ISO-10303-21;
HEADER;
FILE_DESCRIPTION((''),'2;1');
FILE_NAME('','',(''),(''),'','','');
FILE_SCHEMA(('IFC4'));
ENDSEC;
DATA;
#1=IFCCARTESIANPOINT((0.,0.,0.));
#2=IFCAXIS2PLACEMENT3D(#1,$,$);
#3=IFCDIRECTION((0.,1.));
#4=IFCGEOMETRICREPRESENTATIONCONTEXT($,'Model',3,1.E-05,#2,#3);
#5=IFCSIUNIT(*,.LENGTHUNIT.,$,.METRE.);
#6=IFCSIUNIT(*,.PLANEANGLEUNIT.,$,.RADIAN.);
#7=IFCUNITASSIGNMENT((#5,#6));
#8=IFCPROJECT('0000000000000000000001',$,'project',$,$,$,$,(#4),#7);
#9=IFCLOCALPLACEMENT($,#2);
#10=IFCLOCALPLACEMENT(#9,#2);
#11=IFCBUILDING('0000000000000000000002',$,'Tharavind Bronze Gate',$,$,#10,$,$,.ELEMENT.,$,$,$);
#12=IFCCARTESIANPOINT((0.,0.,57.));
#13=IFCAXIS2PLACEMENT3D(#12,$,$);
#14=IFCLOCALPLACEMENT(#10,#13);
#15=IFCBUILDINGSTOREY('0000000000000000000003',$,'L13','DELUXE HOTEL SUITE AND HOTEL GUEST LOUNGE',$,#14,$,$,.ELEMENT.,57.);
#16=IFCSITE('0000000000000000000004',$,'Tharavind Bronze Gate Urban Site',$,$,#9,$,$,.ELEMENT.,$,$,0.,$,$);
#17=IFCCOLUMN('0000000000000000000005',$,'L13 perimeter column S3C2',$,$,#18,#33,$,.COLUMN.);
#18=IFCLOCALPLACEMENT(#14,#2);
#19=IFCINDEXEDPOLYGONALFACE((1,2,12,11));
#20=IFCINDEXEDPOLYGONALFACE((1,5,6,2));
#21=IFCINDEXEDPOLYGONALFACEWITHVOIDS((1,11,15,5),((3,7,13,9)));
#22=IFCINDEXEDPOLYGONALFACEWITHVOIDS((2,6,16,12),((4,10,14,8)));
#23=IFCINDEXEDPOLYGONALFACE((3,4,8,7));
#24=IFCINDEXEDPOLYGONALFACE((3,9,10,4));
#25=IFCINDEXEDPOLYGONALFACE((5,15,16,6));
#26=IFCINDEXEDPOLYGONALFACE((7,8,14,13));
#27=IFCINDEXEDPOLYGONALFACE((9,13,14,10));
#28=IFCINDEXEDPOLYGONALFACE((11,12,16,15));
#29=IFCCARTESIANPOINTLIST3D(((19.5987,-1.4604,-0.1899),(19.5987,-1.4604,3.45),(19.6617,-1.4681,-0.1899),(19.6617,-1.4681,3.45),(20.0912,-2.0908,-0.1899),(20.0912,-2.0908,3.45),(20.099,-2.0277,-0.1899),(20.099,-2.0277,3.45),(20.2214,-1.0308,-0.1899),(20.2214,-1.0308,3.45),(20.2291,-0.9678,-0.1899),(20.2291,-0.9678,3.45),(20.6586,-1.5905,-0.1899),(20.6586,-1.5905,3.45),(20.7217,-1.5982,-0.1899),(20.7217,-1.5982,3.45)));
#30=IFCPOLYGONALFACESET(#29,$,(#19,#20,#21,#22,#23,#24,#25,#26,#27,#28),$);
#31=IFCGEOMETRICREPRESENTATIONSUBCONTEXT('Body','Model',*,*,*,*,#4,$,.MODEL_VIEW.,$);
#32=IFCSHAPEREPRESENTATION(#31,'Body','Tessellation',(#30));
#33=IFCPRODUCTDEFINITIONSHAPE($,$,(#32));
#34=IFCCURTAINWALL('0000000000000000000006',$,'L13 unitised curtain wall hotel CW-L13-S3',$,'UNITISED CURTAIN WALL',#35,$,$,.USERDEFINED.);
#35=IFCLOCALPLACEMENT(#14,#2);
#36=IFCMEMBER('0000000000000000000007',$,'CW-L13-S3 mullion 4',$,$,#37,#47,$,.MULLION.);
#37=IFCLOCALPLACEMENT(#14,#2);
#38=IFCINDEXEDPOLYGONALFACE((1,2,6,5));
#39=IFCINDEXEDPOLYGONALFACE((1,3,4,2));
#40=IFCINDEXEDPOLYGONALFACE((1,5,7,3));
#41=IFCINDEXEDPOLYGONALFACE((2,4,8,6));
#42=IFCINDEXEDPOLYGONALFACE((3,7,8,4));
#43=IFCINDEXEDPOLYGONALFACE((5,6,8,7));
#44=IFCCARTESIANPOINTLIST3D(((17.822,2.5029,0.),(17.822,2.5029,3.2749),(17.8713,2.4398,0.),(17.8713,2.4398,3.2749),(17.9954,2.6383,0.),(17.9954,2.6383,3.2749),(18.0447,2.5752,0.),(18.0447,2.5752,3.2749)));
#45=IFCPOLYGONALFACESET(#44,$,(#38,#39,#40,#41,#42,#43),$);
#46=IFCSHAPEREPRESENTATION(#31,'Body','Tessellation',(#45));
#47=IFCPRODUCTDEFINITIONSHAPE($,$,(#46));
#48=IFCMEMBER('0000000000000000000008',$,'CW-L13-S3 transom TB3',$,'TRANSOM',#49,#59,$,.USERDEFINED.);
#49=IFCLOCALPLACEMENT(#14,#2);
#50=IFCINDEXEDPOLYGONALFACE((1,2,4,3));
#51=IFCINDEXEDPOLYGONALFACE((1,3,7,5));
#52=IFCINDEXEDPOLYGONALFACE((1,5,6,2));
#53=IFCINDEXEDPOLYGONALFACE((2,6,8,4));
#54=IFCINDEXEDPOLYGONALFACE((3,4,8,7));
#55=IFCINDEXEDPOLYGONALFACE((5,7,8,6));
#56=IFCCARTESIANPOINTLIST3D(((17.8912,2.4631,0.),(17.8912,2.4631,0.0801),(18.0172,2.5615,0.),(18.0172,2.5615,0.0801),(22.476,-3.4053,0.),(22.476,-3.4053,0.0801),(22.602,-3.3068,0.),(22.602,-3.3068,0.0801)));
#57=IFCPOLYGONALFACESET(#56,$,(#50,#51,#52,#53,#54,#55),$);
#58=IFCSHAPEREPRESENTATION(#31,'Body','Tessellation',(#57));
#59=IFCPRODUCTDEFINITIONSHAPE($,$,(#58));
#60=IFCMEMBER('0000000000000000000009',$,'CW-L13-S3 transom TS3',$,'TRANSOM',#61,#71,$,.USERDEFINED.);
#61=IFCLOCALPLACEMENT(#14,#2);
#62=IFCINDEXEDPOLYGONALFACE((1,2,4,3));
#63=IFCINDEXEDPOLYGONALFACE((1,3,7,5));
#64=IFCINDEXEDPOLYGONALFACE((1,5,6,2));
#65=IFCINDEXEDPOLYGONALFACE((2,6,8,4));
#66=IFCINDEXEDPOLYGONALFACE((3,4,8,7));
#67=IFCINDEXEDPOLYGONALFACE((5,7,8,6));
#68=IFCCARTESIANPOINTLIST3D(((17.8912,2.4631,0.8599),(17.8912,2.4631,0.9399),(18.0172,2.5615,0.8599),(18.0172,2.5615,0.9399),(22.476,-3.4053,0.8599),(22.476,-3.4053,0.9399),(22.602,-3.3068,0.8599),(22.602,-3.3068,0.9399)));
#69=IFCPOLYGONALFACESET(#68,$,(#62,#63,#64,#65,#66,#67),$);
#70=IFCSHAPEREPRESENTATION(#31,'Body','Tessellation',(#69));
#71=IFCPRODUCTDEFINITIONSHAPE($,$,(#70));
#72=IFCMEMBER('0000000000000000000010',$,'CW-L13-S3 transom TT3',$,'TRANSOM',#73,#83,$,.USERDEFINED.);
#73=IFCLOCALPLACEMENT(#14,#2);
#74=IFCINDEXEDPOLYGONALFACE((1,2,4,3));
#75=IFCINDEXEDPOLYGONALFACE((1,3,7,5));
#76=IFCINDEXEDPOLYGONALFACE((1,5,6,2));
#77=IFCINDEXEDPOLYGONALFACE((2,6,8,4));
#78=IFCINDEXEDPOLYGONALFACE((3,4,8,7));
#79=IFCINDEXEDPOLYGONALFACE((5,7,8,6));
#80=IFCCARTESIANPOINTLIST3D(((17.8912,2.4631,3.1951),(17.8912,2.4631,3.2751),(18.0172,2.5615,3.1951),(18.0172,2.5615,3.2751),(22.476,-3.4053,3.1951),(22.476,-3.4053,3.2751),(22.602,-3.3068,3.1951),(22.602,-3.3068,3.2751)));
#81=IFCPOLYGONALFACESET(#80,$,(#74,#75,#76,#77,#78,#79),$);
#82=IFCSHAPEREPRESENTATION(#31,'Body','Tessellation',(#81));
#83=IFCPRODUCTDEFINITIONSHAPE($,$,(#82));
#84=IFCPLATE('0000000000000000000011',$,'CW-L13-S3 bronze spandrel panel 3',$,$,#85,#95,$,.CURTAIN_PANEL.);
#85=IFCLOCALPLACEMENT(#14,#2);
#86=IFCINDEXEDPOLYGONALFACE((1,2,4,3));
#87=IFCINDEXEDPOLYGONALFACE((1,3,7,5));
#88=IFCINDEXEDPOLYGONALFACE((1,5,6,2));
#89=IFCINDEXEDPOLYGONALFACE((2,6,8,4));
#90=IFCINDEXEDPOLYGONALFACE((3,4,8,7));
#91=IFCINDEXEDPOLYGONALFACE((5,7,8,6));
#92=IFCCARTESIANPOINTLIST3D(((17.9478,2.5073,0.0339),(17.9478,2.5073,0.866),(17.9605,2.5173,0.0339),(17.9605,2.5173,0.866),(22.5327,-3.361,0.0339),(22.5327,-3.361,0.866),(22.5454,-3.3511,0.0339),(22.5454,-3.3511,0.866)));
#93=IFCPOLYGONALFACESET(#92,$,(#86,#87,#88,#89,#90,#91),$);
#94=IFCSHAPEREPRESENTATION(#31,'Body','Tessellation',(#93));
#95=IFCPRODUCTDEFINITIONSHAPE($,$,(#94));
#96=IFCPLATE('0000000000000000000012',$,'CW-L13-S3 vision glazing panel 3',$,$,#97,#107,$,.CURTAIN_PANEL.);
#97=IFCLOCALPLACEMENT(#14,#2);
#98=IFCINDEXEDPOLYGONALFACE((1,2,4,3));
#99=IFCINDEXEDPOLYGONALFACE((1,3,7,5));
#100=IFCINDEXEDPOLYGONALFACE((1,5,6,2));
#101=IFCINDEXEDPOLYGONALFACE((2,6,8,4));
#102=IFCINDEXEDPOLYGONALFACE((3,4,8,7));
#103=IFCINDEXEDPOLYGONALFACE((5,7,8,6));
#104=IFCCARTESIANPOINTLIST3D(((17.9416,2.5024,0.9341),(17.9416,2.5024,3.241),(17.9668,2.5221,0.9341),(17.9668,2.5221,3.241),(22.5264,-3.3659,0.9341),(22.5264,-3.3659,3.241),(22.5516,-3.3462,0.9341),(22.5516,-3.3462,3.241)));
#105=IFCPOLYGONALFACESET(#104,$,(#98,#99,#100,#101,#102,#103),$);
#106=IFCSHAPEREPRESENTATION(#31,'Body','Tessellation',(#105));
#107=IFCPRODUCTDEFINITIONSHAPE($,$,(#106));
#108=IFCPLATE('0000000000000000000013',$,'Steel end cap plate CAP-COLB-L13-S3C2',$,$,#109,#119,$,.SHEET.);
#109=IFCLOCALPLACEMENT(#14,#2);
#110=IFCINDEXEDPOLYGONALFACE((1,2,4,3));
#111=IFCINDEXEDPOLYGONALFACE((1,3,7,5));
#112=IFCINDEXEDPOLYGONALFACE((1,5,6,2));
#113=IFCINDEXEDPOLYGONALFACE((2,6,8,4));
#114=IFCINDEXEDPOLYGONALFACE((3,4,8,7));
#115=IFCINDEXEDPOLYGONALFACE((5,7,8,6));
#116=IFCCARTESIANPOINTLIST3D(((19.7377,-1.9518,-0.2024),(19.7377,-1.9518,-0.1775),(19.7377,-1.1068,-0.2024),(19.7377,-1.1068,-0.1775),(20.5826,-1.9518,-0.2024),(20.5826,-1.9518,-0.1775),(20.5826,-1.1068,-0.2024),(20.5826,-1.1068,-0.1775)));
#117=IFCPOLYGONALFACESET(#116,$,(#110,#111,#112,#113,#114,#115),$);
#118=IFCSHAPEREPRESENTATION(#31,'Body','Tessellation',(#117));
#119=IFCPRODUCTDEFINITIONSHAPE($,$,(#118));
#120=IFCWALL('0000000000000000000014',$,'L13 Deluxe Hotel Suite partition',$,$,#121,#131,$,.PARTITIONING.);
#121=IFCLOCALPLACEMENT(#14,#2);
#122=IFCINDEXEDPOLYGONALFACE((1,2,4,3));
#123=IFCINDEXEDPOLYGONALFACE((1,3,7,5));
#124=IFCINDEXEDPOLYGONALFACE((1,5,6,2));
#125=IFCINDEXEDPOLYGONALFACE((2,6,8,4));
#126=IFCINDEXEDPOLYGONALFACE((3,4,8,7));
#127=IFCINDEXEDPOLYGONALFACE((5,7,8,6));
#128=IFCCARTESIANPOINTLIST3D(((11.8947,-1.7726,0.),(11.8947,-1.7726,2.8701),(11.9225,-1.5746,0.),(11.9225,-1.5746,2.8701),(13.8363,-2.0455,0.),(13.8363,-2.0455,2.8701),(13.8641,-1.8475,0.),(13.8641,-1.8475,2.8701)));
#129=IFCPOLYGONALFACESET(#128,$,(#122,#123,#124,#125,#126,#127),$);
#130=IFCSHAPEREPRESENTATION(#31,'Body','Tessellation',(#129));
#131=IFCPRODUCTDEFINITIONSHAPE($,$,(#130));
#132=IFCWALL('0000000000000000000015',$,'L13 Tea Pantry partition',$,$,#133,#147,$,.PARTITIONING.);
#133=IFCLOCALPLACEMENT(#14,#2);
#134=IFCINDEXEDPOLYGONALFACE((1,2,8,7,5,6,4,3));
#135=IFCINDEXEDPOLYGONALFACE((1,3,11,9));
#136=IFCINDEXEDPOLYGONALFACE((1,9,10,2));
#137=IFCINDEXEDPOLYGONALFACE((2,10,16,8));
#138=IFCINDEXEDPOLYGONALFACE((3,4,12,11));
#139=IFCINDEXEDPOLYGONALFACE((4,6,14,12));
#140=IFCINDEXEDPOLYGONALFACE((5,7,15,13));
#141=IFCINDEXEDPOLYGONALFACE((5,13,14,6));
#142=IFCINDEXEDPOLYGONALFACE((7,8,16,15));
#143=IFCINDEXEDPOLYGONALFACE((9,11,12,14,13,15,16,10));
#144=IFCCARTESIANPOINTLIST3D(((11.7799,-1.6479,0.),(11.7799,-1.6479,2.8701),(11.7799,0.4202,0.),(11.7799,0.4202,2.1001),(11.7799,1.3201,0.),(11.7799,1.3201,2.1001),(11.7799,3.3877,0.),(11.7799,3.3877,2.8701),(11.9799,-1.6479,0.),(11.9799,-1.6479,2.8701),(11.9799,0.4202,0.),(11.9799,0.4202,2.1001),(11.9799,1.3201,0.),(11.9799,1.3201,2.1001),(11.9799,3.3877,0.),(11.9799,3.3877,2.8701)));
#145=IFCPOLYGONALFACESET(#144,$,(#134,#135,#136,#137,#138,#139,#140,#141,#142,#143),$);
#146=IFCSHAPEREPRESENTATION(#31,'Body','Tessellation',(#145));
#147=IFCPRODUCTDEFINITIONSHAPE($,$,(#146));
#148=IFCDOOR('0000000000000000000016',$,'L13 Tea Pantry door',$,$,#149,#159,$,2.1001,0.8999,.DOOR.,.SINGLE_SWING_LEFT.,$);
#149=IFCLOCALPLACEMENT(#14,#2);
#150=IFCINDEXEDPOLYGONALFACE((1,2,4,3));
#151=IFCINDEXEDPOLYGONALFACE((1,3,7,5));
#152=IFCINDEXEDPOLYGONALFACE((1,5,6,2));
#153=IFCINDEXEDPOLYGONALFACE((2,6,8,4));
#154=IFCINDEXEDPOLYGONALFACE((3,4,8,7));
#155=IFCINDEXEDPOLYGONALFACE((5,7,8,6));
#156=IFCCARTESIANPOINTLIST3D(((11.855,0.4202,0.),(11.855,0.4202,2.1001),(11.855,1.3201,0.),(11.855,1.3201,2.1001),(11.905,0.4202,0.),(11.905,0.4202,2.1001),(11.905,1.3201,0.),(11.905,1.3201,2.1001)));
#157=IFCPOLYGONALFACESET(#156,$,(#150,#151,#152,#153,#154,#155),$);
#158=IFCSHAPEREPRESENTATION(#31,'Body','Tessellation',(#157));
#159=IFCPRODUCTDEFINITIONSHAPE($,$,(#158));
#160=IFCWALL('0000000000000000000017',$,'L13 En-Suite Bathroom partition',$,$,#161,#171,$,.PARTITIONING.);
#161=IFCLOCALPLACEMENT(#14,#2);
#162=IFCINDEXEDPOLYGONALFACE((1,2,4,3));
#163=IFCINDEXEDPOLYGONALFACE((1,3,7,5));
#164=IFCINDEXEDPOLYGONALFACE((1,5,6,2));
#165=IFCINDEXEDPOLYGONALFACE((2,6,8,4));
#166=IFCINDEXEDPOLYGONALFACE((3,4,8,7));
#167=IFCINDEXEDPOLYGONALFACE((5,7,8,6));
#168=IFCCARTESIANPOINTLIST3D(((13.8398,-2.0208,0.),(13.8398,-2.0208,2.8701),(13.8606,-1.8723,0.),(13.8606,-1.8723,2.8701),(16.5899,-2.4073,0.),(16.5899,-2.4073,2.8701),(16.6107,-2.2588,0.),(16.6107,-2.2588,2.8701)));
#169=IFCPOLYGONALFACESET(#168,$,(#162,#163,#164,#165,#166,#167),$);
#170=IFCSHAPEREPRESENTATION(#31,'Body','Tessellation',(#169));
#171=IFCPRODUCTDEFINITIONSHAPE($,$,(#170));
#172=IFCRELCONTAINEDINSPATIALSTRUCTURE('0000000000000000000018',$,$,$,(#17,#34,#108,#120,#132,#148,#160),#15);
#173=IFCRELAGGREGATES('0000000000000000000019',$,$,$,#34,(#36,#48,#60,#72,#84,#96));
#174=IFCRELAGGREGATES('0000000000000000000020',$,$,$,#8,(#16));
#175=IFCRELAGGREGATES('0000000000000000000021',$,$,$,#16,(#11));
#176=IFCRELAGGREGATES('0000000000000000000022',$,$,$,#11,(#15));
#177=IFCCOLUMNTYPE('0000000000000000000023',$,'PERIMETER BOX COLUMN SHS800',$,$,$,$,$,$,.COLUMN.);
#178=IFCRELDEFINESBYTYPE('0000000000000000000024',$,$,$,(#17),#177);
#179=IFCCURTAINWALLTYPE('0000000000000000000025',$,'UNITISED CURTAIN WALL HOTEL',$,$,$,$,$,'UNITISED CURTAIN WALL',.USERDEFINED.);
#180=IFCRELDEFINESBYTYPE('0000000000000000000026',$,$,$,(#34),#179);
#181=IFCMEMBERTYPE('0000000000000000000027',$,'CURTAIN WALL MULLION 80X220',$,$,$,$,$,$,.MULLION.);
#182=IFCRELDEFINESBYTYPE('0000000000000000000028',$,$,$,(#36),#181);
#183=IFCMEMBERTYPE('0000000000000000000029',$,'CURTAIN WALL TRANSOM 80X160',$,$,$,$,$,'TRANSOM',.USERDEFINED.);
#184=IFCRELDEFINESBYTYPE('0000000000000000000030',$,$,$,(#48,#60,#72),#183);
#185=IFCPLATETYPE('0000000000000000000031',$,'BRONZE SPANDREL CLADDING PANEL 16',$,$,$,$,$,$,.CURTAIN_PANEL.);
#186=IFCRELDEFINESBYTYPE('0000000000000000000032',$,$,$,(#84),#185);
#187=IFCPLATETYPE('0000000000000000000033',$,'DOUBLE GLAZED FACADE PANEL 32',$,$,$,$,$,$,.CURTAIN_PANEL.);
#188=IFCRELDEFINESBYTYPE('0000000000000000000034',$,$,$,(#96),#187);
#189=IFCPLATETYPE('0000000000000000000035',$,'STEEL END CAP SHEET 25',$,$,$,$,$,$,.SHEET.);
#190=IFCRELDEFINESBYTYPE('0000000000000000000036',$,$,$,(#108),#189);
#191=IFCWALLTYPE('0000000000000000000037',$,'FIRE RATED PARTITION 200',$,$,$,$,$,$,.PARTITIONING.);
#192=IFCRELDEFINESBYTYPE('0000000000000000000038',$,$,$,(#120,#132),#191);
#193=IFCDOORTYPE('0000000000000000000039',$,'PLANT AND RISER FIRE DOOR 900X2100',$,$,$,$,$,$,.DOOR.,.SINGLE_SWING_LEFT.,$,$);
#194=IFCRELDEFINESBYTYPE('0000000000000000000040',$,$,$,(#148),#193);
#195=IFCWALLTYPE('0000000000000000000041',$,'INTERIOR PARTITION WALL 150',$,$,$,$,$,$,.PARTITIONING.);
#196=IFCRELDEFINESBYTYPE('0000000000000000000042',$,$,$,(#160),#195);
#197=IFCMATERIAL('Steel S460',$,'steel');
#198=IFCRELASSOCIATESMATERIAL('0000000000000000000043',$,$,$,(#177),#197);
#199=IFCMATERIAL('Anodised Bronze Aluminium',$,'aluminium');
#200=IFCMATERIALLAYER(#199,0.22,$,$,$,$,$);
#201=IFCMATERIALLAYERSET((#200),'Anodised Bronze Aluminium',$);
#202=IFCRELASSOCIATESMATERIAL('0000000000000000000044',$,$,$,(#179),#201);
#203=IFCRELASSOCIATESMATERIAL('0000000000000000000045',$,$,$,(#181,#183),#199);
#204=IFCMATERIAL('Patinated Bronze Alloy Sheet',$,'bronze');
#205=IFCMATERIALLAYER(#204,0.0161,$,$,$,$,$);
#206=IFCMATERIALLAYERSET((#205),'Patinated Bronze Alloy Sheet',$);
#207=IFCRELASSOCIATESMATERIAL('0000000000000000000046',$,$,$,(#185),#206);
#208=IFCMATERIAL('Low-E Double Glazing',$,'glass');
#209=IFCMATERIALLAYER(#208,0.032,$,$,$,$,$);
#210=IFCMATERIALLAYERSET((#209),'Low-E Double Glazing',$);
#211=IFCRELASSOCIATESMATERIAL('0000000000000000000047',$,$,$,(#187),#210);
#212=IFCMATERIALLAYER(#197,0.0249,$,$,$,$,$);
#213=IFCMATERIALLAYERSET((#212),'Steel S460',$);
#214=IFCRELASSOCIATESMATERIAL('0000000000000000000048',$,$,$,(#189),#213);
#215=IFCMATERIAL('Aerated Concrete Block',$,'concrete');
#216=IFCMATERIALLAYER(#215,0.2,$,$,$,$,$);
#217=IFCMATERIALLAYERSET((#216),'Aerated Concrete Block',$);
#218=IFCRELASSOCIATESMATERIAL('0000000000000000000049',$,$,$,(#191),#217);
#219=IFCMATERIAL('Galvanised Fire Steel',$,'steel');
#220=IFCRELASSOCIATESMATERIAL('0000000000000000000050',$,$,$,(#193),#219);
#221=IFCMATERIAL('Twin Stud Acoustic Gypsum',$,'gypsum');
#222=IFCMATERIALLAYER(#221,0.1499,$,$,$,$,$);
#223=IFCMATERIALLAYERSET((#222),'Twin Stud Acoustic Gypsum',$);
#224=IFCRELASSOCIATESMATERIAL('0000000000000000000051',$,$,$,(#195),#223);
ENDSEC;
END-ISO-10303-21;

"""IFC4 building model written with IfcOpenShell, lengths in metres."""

from ifc_helpers import new_model, si_unit, direction, frame, frame_2d, origin, origin_2d, place, context, subcontext, project, spatial, rectangle, hollow_rectangle, extrude, material, layer, layer_set, material_profile, profile_set, type_object, element, fill, aggregate, save


model = new_model("IFC4")

# Units and contexts
model_context = context("Model", 3, precision=1e-05, world=origin(), true_north=direction((0.0, 1.0)))
body_context = subcontext(model_context, "Body", "Model", "MODEL_VIEW")
ifc_project = project(units=[si_unit("LENGTHUNIT", "METRE"), si_unit("PLANEANGLEUNIT", "RADIAN")], contexts=[model_context])

# Site, building, storey
site_placement = place(None, origin())
site = spatial("IfcSite", under=ifc_project, at=site_placement, Name="Tharavind Bronze Gate Urban Site", CompositionType="ELEMENT", RefElevation=0.0)
building_placement = place(site_placement, origin())
building = spatial("IfcBuilding", under=site, at=building_placement, Name="Tharavind Bronze Gate", CompositionType="ELEMENT")
storey_placement = place(building_placement, frame((0.0, 0.0, 57.0)))
storey = spatial("IfcBuildingStorey", under=building, at=storey_placement, Name="L13", Description="DELUXE HOTEL SUITE AND HOTEL GUEST LOUNGE", CompositionType="ELEMENT", Elevation=57.0)

# Column
ifc_material_1 = material(Name="Steel S460", Category="steel")
ifc_material_profile = material_profile(ifc_material_1, hollow_rectangle(XDim=0.8, YDim=0.8, WallThickness=0.0449, at=origin_2d()), Name="SHS800X45")
ifc_profile_set = profile_set([ifc_material_profile], Name="Steel S460")
column_type = type_object("IfcColumnType", Name="PERIMETER BOX COLUMN SHS800", PredefinedType="COLUMN", material=ifc_profile_set)
column_placement = place(storey_placement, frame((20.1602, -1.5293, -0.1899), z_axis=(0.0, 0.0, 1.0), x_axis=(-0.615661, 0.788011, 0.0)))
element("IfcColumn", 1, at=column_placement, inside=storey, type_object=column_type, Name="L13 perimeter column S3C2", PredefinedType="COLUMN", context=body_context, shape_type="SweptSolid", body=[
    extrude(hollow_rectangle(XDim=0.8, YDim=0.8, WallThickness=0.0449, at=origin_2d()), origin(), (0.0, 0.0, 1.0), 3.6399),
])

# Curtain wall, members, plates
ifc_material_2 = material(Name="Anodised Bronze Aluminium", Category="aluminium")
ifc_layer_1 = layer(ifc_material_2, 0.22)
ifc_layer_set_1 = layer_set([ifc_layer_1], Name="Anodised Bronze Aluminium")
curtain_wall_type = type_object("IfcCurtainWallType", Name="UNITISED CURTAIN WALL HOTEL", ElementType="UNITISED CURTAIN WALL", PredefinedType="USERDEFINED", material=ifc_layer_set_1)
curtain_wall_placement = place(storey_placement, origin())
curtain_wall = element("IfcCurtainWall", 2, at=curtain_wall_placement, inside=storey, type_object=curtain_wall_type, Name="L13 unitised curtain wall hotel CW-L13-S3", ObjectType="UNITISED CURTAIN WALL", PredefinedType="USERDEFINED")
member_type_1 = type_object("IfcMemberType", Name="CURTAIN WALL MULLION 80X220", PredefinedType="MULLION", material=ifc_material_2)
member_1_placement = place(storey_placement, frame((17.9333, 2.5391, 0.0), z_axis=(0.0, 0.0, 1.0), x_axis=(-0.615661, 0.788011, 0.0)))
member_1 = element("IfcMember", 3, at=member_1_placement, type_object=member_type_1, Name="CW-L13-S3 mullion 4", PredefinedType="MULLION", context=body_context, shape_type="SweptSolid", body=[
    extrude(rectangle(XDim=0.0801, YDim=0.22, at=origin_2d()), origin(), (0.0, 0.0, 1.0), 3.2749),
])
member_type_2 = type_object("IfcMemberType", Name="CURTAIN WALL TRANSOM 80X160", ElementType="TRANSOM", PredefinedType="USERDEFINED", material=ifc_material_2)
member_2_placement = place(storey_placement, frame((20.2466, -0.4219, 0.0), z_axis=(0.0, 0.0, 1.0), x_axis=(-0.615661, 0.788011, 0.0)))
member_2 = element("IfcMember", 4, at=member_2_placement, type_object=member_type_2, Name="CW-L13-S3 transom TB3", ObjectType="TRANSOM", PredefinedType="USERDEFINED", context=body_context, shape_type="SweptSolid", body=[
    extrude(rectangle(XDim=7.447, YDim=0.1599, at=origin_2d()), origin(), (0.0, 0.0, 1.0), 0.0801),
])
member_3_placement = place(storey_placement, frame((20.2466, -0.4219, 0.8599), z_axis=(0.0, 0.0, 1.0), x_axis=(-0.615661, 0.788011, 0.0)))
member_3 = element("IfcMember", 5, at=member_3_placement, type_object=member_type_2, Name="CW-L13-S3 transom TS3", ObjectType="TRANSOM", PredefinedType="USERDEFINED", context=body_context, shape_type="SweptSolid", body=[
    extrude(rectangle(XDim=7.447, YDim=0.1599, at=origin_2d()), origin(), (0.0, 0.0, 1.0), 0.0801),
])
member_4_placement = place(storey_placement, frame((20.2466, -0.4219, 3.1951), z_axis=(0.0, 0.0, 1.0), x_axis=(-0.615661, 0.788011, 0.0)))
member_4 = element("IfcMember", 6, at=member_4_placement, type_object=member_type_2, Name="CW-L13-S3 transom TT3", ObjectType="TRANSOM", PredefinedType="USERDEFINED", context=body_context, shape_type="SweptSolid", body=[
    extrude(rectangle(XDim=7.447, YDim=0.1599, at=origin_2d()), origin(), (0.0, 0.0, 1.0), 0.0801),
])
ifc_material_3 = material(Name="Patinated Bronze Alloy Sheet", Category="bronze")
ifc_layer_2 = layer(ifc_material_3, 0.0161)
ifc_layer_set_2 = layer_set([ifc_layer_2], Name="Patinated Bronze Alloy Sheet")
plate_type_1 = type_object("IfcPlateType", Name="BRONZE SPANDREL CLADDING PANEL 16", PredefinedType="CURTAIN_PANEL", material=ifc_layer_set_2)
plate_1_placement = place(storey_placement, frame((20.2466, -0.4219, 0.0339), z_axis=(0.0, 0.0, 1.0), x_axis=(-0.615661, 0.788011, 0.0)))
plate_1 = element("IfcPlate", 7, at=plate_1_placement, type_object=plate_type_1, Name="CW-L13-S3 bronze spandrel panel 3", PredefinedType="CURTAIN_PANEL", context=body_context, shape_type="SweptSolid", body=[
    extrude(rectangle(XDim=7.447, YDim=0.0161, at=origin_2d()), origin(), (0.0, 0.0, 1.0), 0.832),
])
ifc_material_4 = material(Name="Low-E Double Glazing", Category="glass")
ifc_layer_3 = layer(ifc_material_4, 0.032)
ifc_layer_set_3 = layer_set([ifc_layer_3], Name="Low-E Double Glazing")
plate_type_2 = type_object("IfcPlateType", Name="DOUBLE GLAZED FACADE PANEL 32", PredefinedType="CURTAIN_PANEL", material=ifc_layer_set_3)
plate_2_placement = place(storey_placement, frame((20.2466, -0.4219, 0.9341), z_axis=(0.0, 0.0, 1.0), x_axis=(-0.615661, 0.788011, 0.0)))
plate_2 = element("IfcPlate", 8, at=plate_2_placement, type_object=plate_type_2, Name="CW-L13-S3 vision glazing panel 3", PredefinedType="CURTAIN_PANEL", context=body_context, shape_type="SweptSolid", body=[
    extrude(rectangle(XDim=7.447, YDim=0.032, at=origin_2d()), origin(), (0.0, 0.0, 1.0), 2.3069),
])
aggregate(curtain_wall, [member_1, member_2, member_3, member_4, plate_1, plate_2])

# Plate
ifc_layer_4 = layer(ifc_material_1, 0.0249)
ifc_layer_set_4 = layer_set([ifc_layer_4], Name="Steel S460")
plate_type_3 = type_object("IfcPlateType", Name="STEEL END CAP SHEET 25", PredefinedType="SHEET", material=ifc_layer_set_4)
plate_3_placement = place(storey_placement, frame((20.1602, -1.5293, -0.2024), z_axis=(0.0, 0.0, 1.0), x_axis=(1.0, 0.0, 0.0)))
element("IfcPlate", 9, at=plate_3_placement, inside=storey, type_object=plate_type_3, Name="Steel end cap plate CAP-COLB-L13-S3C2", PredefinedType="SHEET", context=body_context, shape_type="SweptSolid", body=[
    extrude(rectangle(XDim=0.845, YDim=0.845, at=origin_2d()), origin(), (0.0, 0.0, 1.0), 0.0249),
])

# Shared definitions
ifc_material_5 = material(Name="Aerated Concrete Block", Category="concrete")
ifc_layer_5 = layer(ifc_material_5, 0.2)
ifc_layer_set_5 = layer_set([ifc_layer_5], Name="Aerated Concrete Block")
wall_type_1 = type_object("IfcWallType", Name="FIRE RATED PARTITION 200", PredefinedType="PARTITIONING", material=ifc_layer_set_5)

# Wall
wall_1_placement = place(storey_placement, frame((11.9084, -1.6736, 0.0), z_axis=(0.0, 0.0, 1.0), x_axis=(0.990263, -0.139207, 0.0)))
element("IfcWall", 10, at=wall_1_placement, inside=storey, type_object=wall_type_1, Name="L13 Deluxe Hotel Suite partition", PredefinedType="PARTITIONING", context=body_context, shape_type="SweptSolid", body=[
    extrude(rectangle(XDim=1.9607, YDim=0.2, at=frame_2d((0.9805, 0.0))), origin(), (0.0, 0.0, 1.0), 2.8701),
])

# Wall, opening, door
wall_2_placement = place(storey_placement, frame((11.8799, -1.6479, 0.0), z_axis=(0.0, 0.0, 1.0), x_axis=(0.0, 1.0, 0.0)))
wall_2 = element("IfcWall", 11, at=wall_2_placement, inside=storey, type_object=wall_type_1, Name="L13 Tea Pantry partition", PredefinedType="PARTITIONING", context=body_context, shape_type="SweptSolid", body=[
    extrude(rectangle(XDim=5.0356, YDim=0.2, at=frame_2d((2.5178, 0.0))), origin(), (0.0, 0.0, 1.0), 2.8701),
])
opening_1_placement = place(wall_2_placement, frame((2.0681, 0.0, 0.0)))
opening_1 = element("IfcOpeningElement", 12, at=opening_1_placement, cuts=wall_2, PredefinedType="OPENING", context=body_context, shape_type="SweptSolid", body=[
    extrude(rectangle(XDim=0.8999, YDim=2.1001, at=frame_2d((0.45, 1.05))), frame((0.0, 0.1101, 0.0), z_axis=(0.0, -1.0, 0.0), x_axis=(1.0, 0.0, 0.0)), (0.0, 0.0, 1.0), 0.22),
])
ifc_material_6 = material(Name="Galvanised Fire Steel", Category="steel")
door_type_1 = type_object("IfcDoorType", Name="PLANT AND RISER FIRE DOOR 900X2100", OperationType="SINGLE_SWING_LEFT", PredefinedType="DOOR", material=ifc_material_6)
door_1_placement = place(opening_1_placement, origin())
door_1 = element("IfcDoor", 13, at=door_1_placement, inside=storey, type_object=door_type_1, Name="L13 Tea Pantry door", OperationType="SINGLE_SWING_LEFT", OverallHeight=2.1001, OverallWidth=0.8999, PredefinedType="DOOR", context=body_context, shape_type="SweptSolid", body=[
    extrude(rectangle(XDim=0.8999, YDim=2.1001, at=frame_2d((0.45, 1.05))), frame((0.0, 0.0249, 0.0), z_axis=(0.0, -1.0, 0.0), x_axis=(1.0, 0.0, 0.0)), (0.0, 0.0, 1.0), 0.05),
])
fill(opening_1, door_1)

# Wall
ifc_material_7 = material(Name="Twin Stud Acoustic Gypsum", Category="gypsum")
ifc_layer_6 = layer(ifc_material_7, 0.1499)
ifc_layer_set_6 = layer_set([ifc_layer_6], Name="Twin Stud Acoustic Gypsum")
wall_type_2 = type_object("IfcWallType", Name="INTERIOR PARTITION WALL 150", PredefinedType="PARTITIONING", material=ifc_layer_set_6)
wall_3_placement = place(storey_placement, frame((13.8501, -1.9465, 0.0), z_axis=(0.0, 0.0, 1.0), x_axis=(0.990269, -0.139169, 0.0)))
element("IfcWall", 14, at=wall_3_placement, inside=storey, type_object=wall_type_2, Name="L13 En-Suite Bathroom partition", PredefinedType="PARTITIONING", context=body_context, shape_type="SweptSolid", body=[
    extrude(rectangle(XDim=2.7771, YDim=0.1499, at=frame_2d((1.3887, 0.0))), origin(), (0.0, 0.0, 1.0), 2.8701),
])

save(model, "model.ifc")
